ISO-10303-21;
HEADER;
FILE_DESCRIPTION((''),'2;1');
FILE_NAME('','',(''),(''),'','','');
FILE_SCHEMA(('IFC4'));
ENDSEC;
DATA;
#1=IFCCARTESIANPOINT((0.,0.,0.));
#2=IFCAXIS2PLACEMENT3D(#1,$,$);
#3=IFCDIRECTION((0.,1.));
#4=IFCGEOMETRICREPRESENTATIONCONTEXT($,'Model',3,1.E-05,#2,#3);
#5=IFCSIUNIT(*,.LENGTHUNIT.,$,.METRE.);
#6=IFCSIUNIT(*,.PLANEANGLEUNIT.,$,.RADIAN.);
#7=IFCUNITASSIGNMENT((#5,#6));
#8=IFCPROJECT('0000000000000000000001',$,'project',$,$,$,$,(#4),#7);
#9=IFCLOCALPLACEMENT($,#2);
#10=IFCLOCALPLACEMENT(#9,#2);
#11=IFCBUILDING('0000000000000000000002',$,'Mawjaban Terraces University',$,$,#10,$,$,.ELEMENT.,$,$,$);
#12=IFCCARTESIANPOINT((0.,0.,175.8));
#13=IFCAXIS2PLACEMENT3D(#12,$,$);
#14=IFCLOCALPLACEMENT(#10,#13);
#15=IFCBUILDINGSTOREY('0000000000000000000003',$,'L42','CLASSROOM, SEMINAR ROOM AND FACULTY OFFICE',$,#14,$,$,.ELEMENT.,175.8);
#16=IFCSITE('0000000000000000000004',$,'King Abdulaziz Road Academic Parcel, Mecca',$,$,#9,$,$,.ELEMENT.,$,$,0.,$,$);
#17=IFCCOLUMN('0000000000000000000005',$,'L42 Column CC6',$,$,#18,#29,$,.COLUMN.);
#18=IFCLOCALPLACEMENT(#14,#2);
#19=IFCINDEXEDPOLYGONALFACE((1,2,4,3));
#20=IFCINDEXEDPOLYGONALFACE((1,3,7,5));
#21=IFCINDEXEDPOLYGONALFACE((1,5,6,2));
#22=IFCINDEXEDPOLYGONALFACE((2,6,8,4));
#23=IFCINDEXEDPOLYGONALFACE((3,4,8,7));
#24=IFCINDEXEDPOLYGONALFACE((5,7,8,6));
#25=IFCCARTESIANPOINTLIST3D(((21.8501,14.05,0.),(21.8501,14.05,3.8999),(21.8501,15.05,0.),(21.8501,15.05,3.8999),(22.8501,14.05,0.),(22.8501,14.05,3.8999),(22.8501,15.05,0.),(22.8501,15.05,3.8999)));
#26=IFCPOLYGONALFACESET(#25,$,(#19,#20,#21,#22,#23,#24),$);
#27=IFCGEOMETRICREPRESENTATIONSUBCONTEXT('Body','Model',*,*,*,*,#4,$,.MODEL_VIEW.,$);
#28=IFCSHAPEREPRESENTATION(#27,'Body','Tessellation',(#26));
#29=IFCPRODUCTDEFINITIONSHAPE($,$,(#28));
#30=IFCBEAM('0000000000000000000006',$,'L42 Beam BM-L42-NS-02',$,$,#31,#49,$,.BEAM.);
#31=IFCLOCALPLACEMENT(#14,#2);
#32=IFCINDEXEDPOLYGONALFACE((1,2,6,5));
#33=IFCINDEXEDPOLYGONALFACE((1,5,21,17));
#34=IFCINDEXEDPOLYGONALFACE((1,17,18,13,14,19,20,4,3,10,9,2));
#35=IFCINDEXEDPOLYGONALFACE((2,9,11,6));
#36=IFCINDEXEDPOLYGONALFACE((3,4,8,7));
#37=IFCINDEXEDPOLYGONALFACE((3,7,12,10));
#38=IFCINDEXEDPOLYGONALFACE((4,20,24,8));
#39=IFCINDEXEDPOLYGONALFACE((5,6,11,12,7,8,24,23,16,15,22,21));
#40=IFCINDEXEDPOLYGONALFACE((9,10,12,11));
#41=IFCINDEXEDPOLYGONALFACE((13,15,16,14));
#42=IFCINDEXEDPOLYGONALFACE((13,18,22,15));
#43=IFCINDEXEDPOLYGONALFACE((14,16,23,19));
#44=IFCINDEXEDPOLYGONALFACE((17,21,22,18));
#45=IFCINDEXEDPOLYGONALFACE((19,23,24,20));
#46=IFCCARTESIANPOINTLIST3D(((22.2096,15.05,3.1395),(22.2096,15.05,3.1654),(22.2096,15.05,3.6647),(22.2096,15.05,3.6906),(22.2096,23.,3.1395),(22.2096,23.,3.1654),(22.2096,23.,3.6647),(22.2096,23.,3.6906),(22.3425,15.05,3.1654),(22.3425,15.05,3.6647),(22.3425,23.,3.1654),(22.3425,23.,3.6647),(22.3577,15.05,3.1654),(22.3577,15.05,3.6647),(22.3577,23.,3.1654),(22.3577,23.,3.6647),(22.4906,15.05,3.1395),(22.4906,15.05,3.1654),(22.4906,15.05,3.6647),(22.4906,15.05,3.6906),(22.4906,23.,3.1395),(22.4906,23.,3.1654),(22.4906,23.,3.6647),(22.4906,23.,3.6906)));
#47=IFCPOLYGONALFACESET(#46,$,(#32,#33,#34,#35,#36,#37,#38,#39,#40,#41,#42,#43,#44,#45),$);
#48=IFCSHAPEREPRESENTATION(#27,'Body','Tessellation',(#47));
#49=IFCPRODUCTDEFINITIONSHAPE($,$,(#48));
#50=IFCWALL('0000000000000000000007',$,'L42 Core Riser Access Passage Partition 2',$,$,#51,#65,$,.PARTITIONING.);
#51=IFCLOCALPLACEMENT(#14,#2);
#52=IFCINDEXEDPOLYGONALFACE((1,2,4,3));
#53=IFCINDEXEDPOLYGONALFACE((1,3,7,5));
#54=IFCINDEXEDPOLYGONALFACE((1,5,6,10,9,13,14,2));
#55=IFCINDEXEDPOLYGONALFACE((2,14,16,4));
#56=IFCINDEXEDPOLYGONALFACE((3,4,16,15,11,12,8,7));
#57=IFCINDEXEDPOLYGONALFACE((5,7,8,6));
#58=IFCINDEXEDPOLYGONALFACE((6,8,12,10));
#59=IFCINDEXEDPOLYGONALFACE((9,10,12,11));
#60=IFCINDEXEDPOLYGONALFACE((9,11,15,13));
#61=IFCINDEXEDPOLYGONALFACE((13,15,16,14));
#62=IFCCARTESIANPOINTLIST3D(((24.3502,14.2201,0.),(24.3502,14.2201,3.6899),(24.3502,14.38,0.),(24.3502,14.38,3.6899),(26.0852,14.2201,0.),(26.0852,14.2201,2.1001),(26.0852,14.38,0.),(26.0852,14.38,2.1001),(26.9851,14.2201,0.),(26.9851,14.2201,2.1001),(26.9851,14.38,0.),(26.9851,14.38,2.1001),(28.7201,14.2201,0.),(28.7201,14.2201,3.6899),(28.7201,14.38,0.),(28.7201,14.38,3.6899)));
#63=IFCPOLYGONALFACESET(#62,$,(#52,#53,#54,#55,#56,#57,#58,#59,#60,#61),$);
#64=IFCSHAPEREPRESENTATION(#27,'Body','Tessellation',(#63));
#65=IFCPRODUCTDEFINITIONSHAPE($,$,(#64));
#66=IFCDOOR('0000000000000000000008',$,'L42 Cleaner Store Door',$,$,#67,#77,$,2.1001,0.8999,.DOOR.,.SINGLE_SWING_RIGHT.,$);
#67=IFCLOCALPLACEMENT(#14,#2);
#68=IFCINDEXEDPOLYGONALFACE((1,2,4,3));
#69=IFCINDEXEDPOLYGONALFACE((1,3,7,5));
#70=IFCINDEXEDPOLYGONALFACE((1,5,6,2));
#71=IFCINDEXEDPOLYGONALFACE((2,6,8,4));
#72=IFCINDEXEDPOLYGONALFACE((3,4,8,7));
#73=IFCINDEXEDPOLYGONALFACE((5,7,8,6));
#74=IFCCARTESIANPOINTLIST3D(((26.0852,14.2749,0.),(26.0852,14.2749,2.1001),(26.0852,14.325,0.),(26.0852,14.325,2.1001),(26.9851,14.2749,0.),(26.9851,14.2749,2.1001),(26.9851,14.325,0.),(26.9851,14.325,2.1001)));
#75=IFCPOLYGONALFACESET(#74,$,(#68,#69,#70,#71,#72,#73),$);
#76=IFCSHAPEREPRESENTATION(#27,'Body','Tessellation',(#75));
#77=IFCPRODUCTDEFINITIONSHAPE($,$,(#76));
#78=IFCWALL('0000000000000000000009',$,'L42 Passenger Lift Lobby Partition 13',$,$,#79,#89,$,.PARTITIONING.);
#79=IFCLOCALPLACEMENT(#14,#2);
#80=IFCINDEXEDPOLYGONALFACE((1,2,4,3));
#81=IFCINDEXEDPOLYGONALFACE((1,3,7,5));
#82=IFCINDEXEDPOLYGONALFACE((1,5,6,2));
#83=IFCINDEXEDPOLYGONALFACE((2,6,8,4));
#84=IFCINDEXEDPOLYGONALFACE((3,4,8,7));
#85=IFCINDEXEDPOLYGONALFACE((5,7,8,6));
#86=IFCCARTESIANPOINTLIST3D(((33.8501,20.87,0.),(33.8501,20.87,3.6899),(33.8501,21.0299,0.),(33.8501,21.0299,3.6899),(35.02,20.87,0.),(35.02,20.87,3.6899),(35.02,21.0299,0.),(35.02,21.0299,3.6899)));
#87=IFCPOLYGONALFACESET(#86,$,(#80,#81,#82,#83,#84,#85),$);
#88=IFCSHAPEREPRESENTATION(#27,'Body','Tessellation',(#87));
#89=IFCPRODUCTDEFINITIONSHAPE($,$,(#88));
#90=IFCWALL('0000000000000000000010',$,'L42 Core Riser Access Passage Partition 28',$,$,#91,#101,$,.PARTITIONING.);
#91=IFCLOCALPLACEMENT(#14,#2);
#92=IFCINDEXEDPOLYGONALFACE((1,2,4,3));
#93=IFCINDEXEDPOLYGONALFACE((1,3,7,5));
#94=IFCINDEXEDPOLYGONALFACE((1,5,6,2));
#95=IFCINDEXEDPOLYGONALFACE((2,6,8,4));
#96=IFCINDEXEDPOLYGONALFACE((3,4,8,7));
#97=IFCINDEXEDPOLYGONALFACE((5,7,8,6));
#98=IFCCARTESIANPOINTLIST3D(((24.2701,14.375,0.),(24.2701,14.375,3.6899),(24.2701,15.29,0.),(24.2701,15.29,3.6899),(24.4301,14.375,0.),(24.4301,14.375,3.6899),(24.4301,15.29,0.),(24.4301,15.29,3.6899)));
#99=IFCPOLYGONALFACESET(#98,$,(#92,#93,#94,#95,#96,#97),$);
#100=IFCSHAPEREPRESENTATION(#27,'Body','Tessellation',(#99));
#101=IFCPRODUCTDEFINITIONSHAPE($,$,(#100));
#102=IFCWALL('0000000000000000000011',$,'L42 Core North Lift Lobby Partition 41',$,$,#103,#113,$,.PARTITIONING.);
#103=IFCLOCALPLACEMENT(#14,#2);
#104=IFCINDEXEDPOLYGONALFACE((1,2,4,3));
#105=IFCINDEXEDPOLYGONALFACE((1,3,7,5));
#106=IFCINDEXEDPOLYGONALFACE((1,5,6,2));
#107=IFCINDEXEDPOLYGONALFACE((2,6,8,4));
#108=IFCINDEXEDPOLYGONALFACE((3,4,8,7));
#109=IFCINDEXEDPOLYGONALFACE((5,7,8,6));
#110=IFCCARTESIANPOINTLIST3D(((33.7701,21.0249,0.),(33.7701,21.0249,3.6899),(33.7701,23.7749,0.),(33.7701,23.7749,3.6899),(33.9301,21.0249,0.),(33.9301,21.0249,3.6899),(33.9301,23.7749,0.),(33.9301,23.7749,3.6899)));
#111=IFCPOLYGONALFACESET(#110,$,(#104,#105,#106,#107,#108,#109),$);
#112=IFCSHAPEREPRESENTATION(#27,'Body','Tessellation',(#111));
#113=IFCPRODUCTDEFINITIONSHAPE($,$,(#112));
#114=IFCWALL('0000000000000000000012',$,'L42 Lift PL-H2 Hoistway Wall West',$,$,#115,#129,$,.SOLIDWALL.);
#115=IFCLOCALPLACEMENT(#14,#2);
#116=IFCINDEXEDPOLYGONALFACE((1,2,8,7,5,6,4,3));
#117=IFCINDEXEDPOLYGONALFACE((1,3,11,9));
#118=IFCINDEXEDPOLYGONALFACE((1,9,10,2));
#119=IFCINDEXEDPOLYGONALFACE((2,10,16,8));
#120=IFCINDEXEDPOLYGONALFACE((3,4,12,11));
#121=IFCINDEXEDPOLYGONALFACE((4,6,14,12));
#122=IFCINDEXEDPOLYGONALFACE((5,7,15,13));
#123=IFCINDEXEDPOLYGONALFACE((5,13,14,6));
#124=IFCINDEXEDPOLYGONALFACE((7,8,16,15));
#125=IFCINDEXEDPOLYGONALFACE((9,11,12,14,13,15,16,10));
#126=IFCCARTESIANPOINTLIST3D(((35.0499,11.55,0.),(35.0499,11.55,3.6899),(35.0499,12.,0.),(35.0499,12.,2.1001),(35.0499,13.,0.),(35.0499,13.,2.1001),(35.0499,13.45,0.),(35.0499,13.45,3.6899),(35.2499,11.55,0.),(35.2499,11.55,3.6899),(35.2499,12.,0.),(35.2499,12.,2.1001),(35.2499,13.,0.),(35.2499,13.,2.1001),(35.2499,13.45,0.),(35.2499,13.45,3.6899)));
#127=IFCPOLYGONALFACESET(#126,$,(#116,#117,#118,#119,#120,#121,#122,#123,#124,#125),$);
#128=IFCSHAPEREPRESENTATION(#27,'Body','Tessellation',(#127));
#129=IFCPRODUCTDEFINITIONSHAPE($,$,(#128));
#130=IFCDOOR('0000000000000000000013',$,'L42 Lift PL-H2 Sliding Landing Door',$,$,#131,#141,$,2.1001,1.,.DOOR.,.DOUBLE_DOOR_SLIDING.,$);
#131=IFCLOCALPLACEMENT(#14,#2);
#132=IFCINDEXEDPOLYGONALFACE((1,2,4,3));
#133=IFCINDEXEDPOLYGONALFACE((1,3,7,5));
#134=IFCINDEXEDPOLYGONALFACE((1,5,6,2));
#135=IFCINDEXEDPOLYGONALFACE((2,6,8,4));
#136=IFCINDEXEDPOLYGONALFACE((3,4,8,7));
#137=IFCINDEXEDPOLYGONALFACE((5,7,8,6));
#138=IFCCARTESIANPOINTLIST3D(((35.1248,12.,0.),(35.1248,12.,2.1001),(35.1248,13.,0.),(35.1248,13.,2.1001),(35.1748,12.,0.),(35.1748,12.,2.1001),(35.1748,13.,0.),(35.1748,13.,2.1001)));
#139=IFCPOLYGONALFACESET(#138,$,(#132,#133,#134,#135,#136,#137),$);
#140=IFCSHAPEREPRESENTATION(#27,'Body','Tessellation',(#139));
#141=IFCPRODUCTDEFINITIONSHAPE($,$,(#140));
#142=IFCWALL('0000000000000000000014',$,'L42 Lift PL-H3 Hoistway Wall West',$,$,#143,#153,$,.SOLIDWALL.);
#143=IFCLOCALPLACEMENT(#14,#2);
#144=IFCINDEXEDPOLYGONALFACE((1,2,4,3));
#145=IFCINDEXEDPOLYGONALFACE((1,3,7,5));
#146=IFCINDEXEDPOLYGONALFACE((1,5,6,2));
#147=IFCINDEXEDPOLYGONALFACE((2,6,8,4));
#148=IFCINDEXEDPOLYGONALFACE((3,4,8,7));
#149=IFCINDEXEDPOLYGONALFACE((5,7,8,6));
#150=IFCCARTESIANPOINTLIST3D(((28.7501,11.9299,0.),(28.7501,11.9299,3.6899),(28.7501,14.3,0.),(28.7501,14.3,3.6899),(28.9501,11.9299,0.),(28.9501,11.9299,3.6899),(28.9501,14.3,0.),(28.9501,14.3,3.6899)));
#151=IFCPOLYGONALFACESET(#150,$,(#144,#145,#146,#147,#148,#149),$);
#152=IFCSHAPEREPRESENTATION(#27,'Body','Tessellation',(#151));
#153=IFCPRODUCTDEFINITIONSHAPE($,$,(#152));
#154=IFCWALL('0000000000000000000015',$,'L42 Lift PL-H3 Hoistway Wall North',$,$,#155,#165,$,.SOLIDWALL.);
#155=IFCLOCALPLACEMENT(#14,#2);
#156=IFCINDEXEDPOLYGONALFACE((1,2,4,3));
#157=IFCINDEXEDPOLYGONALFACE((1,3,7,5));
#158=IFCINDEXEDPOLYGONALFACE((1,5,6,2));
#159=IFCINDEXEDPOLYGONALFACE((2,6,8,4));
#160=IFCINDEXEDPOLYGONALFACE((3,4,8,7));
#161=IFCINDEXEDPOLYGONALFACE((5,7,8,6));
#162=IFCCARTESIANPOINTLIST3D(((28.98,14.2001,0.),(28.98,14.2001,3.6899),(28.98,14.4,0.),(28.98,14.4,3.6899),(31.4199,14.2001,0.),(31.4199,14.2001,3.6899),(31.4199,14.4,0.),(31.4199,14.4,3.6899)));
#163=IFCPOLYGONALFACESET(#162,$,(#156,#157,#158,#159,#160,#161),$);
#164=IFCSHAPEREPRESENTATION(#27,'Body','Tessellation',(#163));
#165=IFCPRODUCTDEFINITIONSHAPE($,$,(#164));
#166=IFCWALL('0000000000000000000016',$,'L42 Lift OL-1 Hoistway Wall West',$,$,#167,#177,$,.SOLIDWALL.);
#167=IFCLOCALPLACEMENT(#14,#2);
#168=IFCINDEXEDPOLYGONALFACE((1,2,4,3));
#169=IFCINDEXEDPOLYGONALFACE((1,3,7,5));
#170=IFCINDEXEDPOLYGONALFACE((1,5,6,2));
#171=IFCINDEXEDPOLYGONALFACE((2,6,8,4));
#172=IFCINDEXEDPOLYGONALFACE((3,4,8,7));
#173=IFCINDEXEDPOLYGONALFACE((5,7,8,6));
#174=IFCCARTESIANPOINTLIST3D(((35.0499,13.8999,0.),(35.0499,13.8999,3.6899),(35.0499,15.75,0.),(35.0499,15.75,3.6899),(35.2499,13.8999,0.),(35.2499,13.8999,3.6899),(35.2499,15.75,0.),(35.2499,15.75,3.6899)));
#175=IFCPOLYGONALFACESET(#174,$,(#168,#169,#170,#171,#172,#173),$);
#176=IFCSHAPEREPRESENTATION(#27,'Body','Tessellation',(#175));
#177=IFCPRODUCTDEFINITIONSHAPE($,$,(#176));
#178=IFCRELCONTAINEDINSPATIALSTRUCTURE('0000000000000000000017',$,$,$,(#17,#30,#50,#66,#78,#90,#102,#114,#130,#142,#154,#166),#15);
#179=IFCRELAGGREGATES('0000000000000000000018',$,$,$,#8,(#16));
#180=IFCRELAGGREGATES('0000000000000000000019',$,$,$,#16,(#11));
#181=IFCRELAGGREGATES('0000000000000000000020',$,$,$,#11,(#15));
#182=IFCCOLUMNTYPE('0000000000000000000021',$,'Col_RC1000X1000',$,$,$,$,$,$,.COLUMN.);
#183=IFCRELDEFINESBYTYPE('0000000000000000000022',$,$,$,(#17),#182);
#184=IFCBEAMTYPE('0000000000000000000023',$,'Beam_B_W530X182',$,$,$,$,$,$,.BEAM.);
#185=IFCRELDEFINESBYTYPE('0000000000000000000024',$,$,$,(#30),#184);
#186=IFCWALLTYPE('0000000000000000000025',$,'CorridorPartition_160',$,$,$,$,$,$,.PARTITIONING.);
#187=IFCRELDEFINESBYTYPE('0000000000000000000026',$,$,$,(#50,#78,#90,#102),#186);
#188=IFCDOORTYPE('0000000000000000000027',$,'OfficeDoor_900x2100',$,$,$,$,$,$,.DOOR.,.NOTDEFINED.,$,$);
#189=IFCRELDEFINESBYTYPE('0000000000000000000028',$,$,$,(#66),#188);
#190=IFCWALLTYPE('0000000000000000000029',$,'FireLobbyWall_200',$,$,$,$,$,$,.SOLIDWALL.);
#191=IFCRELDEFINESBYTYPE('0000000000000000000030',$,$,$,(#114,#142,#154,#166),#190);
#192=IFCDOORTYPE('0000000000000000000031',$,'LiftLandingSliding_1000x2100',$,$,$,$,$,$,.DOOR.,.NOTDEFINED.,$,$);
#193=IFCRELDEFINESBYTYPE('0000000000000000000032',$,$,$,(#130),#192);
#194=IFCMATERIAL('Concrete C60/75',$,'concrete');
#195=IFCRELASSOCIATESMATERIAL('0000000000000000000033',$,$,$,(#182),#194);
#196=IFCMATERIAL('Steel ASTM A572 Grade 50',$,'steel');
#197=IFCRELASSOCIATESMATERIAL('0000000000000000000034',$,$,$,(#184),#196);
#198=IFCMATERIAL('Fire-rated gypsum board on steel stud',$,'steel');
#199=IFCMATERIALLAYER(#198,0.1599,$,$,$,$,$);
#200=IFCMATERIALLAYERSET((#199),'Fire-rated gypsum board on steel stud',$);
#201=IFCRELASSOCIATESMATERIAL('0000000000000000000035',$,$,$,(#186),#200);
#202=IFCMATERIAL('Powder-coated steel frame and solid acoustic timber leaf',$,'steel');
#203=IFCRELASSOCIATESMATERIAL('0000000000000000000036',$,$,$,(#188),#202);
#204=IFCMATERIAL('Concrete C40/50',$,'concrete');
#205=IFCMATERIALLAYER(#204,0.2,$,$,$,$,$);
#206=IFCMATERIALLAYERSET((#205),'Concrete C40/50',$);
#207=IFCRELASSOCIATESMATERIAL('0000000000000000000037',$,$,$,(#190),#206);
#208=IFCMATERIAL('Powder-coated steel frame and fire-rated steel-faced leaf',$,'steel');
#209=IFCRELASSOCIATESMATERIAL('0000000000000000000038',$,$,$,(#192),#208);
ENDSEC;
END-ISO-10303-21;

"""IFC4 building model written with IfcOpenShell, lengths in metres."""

from ifc_helpers import new_model, si_unit, direction, frame, frame_2d, origin, origin_2d, place, context, subcontext, project, spatial, rectangle, i_section, extrude, material, layer, layer_set, material_profile, profile_set, type_object, element, fill, save


model = new_model("IFC4")

# Units and contexts
model_context = context("Model", 3, precision=1e-05, world=origin(), true_north=direction((0.0, 1.0)))
body_context = subcontext(model_context, "Body", "Model", "MODEL_VIEW")
ifc_project = project(units=[si_unit("LENGTHUNIT", "METRE"), si_unit("PLANEANGLEUNIT", "RADIAN")], contexts=[model_context])

# Site, building, storey
site_placement = place(None, origin())
site = spatial("IfcSite", under=ifc_project, at=site_placement, Name="King Abdulaziz Road Academic Parcel, Mecca", CompositionType="ELEMENT", RefElevation=0.0)
building_placement = place(site_placement, origin())
building = spatial("IfcBuilding", under=site, at=building_placement, Name="Mawjaban Terraces University", CompositionType="ELEMENT")
storey_placement = place(building_placement, frame((0.0, 0.0, 175.8)))
storey = spatial("IfcBuildingStorey", under=building, at=storey_placement, Name="L42", Description="CLASSROOM, SEMINAR ROOM AND FACULTY OFFICE", CompositionType="ELEMENT", Elevation=175.8)

# Column
ifc_material_1 = material(Name="Concrete C60/75", Category="concrete")
ifc_material_profile_1 = material_profile(ifc_material_1, rectangle(XDim=1.0, YDim=1.0, at=origin_2d()), Name="RC1000X1000")
ifc_profile_set_1 = profile_set([ifc_material_profile_1], Name="Concrete C60/75")
column_type = type_object("IfcColumnType", Name="Col_RC1000X1000", PredefinedType="COLUMN", material=ifc_profile_set_1)
column_placement = place(storey_placement, frame((22.3501, 14.55, 0.0), z_axis=(0.0, 0.0, 1.0), x_axis=(1.0, 0.0, 0.0)))
element("IfcColumn", 1, at=column_placement, inside=storey, type_object=column_type, Name="L42 Column CC6", PredefinedType="COLUMN", context=body_context, shape_type="SweptSolid", body=[
    extrude(rectangle(XDim=1.0, YDim=1.0, at=origin_2d()), origin(), (0.0, 0.0, 1.0), 3.8999),
])

# Beam
ifc_material_2 = material(Name="Steel ASTM A572 Grade 50", Category="steel")
ifc_material_profile_2 = material_profile(ifc_material_2, i_section(OverallWidth=0.281, OverallDepth=0.551, WebThickness=0.0151, FlangeThickness=0.0259, at=origin_2d()), Name="W530X182")
ifc_profile_set_2 = profile_set([ifc_material_profile_2], Name="Steel ASTM A572 Grade 50")
beam_type = type_object("IfcBeamType", Name="Beam_B_W530X182", PredefinedType="BEAM", material=ifc_profile_set_2)
beam_placement = place(storey_placement, frame((22.3501, 15.05, 3.415), z_axis=(0.0, 1.0, 0.0), x_axis=(-1.0, 0.0, 0.0)))
element("IfcBeam", 2, at=beam_placement, inside=storey, type_object=beam_type, Name="L42 Beam BM-L42-NS-02", PredefinedType="BEAM", context=body_context, shape_type="SweptSolid", body=[
    extrude(i_section(OverallWidth=0.281, OverallDepth=0.551, WebThickness=0.0151, FlangeThickness=0.0259, at=origin_2d()), origin(), (0.0, 0.0, 1.0), 7.95),
])

# Wall, opening, door
ifc_material_3 = material(Name="Fire-rated gypsum board on steel stud", Category="steel")
ifc_layer_1 = layer(ifc_material_3, 0.1599)
ifc_layer_set_1 = layer_set([ifc_layer_1], Name="Fire-rated gypsum board on steel stud")
wall_type_1 = type_object("IfcWallType", Name="CorridorPartition_160", PredefinedType="PARTITIONING", material=ifc_layer_set_1)
wall_1_placement = place(storey_placement, frame((24.3501, 14.3, 0.0), z_axis=(0.0, 0.0, 1.0), x_axis=(1.0, 0.0, 0.0)))
wall_1 = element("IfcWall", 3, at=wall_1_placement, inside=storey, type_object=wall_type_1, Name="L42 Core Riser Access Passage Partition 2", PredefinedType="PARTITIONING", context=body_context, shape_type="SweptSolid", body=[
    extrude(rectangle(XDim=4.3699, YDim=0.1599, at=frame_2d((2.1851, 0.0))), origin(), (0.0, 0.0, 1.0), 3.6899),
])
opening_1_placement = place(wall_1_placement, frame((1.7351, 0.0, 0.0)))
opening_1 = element("IfcOpeningElement", 4, at=opening_1_placement, cuts=wall_1, PredefinedType="OPENING", context=body_context, shape_type="SweptSolid", body=[
    extrude(rectangle(XDim=0.8999, YDim=2.1001, at=frame_2d((0.45, 1.05))), frame((0.0, 0.0898, 0.0), z_axis=(0.0, -1.0, 0.0), x_axis=(1.0, 0.0, 0.0)), (0.0, 0.0, 1.0), 0.1799),
])
ifc_material_4 = material(Name="Powder-coated steel frame and solid acoustic timber leaf", Category="steel")
door_type_1 = type_object("IfcDoorType", Name="OfficeDoor_900x2100", OperationType="NOTDEFINED", PredefinedType="DOOR", material=ifc_material_4)
door_1_placement = place(opening_1_placement, origin())
door_1 = element("IfcDoor", 5, at=door_1_placement, inside=storey, type_object=door_type_1, Name="L42 Cleaner Store Door", OperationType="SINGLE_SWING_RIGHT", OverallHeight=2.1001, OverallWidth=0.8999, PredefinedType="DOOR", context=body_context, shape_type="SweptSolid", body=[
    extrude(rectangle(XDim=0.8999, YDim=2.1001, at=frame_2d((0.45, 1.05))), frame((0.0, 0.0249, 0.0), z_axis=(0.0, -1.0, 0.0), x_axis=(1.0, 0.0, 0.0)), (0.0, 0.0, 1.0), 0.05),
])
fill(opening_1, door_1)

# Walls
wall_2_placement = place(storey_placement, frame((35.02, 20.95, 0.0), z_axis=(0.0, 0.0, 1.0), x_axis=(-1.0, 0.0, 0.0)))
element("IfcWall", 6, at=wall_2_placement, inside=storey, type_object=wall_type_1, Name="L42 Passenger Lift Lobby Partition 13", PredefinedType="PARTITIONING", context=body_context, shape_type="SweptSolid", body=[
    extrude(rectangle(XDim=1.1699, YDim=0.1599, at=frame_2d((0.585, 0.0))), origin(), (0.0, 0.0, 1.0), 3.6899),
])
wall_3_placement = place(storey_placement, frame((24.3501, 15.29, 0.0), z_axis=(0.0, 0.0, 1.0), x_axis=(0.0, -1.0, 0.0)))
element("IfcWall", 7, at=wall_3_placement, inside=storey, type_object=wall_type_1, Name="L42 Core Riser Access Passage Partition 28", PredefinedType="PARTITIONING", context=body_context, shape_type="SweptSolid", body=[
    extrude(rectangle(XDim=0.915, YDim=0.1599, at=frame_2d((0.4575, 0.0))), origin(), (0.0, 0.0, 1.0), 3.6899),
])
wall_4_placement = place(storey_placement, frame((33.8501, 21.0249, 0.0), z_axis=(0.0, 0.0, 1.0), x_axis=(0.0, 1.0, 0.0)))
element("IfcWall", 8, at=wall_4_placement, inside=storey, type_object=wall_type_1, Name="L42 Core North Lift Lobby Partition 41", PredefinedType="PARTITIONING", context=body_context, shape_type="SweptSolid", body=[
    extrude(rectangle(XDim=2.75, YDim=0.1599, at=frame_2d((1.375, 0.0))), origin(), (0.0, 0.0, 1.0), 3.6899),
])

# Wall, opening, door
ifc_material_5 = material(Name="Concrete C40/50", Category="concrete")
ifc_layer_2 = layer(ifc_material_5, 0.2)
ifc_layer_set_2 = layer_set([ifc_layer_2], Name="Concrete C40/50")
wall_type_2 = type_object("IfcWallType", Name="FireLobbyWall_200", PredefinedType="SOLIDWALL", material=ifc_layer_set_2)
wall_5_placement = place(storey_placement, frame((35.1499, 13.45, 0.0), z_axis=(0.0, 0.0, 1.0), x_axis=(0.0, -1.0, 0.0)))
wall_5 = element("IfcWall", 9, at=wall_5_placement, inside=storey, type_object=wall_type_2, Name="L42 Lift PL-H2 Hoistway Wall West", PredefinedType="SOLIDWALL", context=body_context, shape_type="SweptSolid", body=[
    extrude(rectangle(XDim=1.8999, YDim=0.2, at=frame_2d((0.95, 0.0))), origin(), (0.0, 0.0, 1.0), 3.6899),
])
opening_2_placement = place(wall_5_placement, frame((0.45, 0.0, 0.0)))
opening_2 = element("IfcOpeningElement", 10, at=opening_2_placement, cuts=wall_5, PredefinedType="OPENING", context=body_context, shape_type="SweptSolid", body=[
    extrude(rectangle(XDim=1.0, YDim=2.1001, at=frame_2d((0.5, 1.05))), frame((0.0, 0.1099, 0.0), z_axis=(0.0, -1.0, 0.0), x_axis=(1.0, 0.0, 0.0)), (0.0, 0.0, 1.0), 0.22),
])
ifc_material_6 = material(Name="Powder-coated steel frame and fire-rated steel-faced leaf", Category="steel")
door_type_2 = type_object("IfcDoorType", Name="LiftLandingSliding_1000x2100", OperationType="NOTDEFINED", PredefinedType="DOOR", material=ifc_material_6)
door_2_placement = place(opening_2_placement, origin())
door_2 = element("IfcDoor", 11, at=door_2_placement, inside=storey, type_object=door_type_2, Name="L42 Lift PL-H2 Sliding Landing Door", OperationType="DOUBLE_DOOR_SLIDING", OverallHeight=2.1001, OverallWidth=1.0, PredefinedType="DOOR", context=body_context, shape_type="SweptSolid", body=[
    extrude(rectangle(XDim=1.0, YDim=2.1001, at=frame_2d((0.5, 1.05))), frame((0.0, 0.0249, 0.0), z_axis=(0.0, -1.0, 0.0), x_axis=(1.0, 0.0, 0.0)), (0.0, 0.0, 1.0), 0.05),
])
fill(opening_2, door_2)

# Walls
wall_6_placement = place(storey_placement, frame((28.8501, 14.3, 0.0), z_axis=(0.0, 0.0, 1.0), x_axis=(0.0, -1.0, 0.0)))
element("IfcWall", 12, at=wall_6_placement, inside=storey, type_object=wall_type_2, Name="L42 Lift PL-H3 Hoistway Wall West", PredefinedType="SOLIDWALL", context=body_context, shape_type="SweptSolid", body=[
    extrude(rectangle(XDim=2.3701, YDim=0.2, at=frame_2d((1.1851, 0.0))), origin(), (0.0, 0.0, 1.0), 3.6899),
])
wall_7_placement = place(storey_placement, frame((31.4199, 14.3, 0.0), z_axis=(0.0, 0.0, 1.0), x_axis=(-1.0, 0.0, 0.0)))
element("IfcWall", 13, at=wall_7_placement, inside=storey, type_object=wall_type_2, Name="L42 Lift PL-H3 Hoistway Wall North", PredefinedType="SOLIDWALL", context=body_context, shape_type="SweptSolid", body=[
    extrude(rectangle(XDim=2.4399, YDim=0.2, at=frame_2d((1.22, 0.0))), origin(), (0.0, 0.0, 1.0), 3.6899),
])
wall_8_placement = place(storey_placement, frame((35.1499, 15.75, 0.0), z_axis=(0.0, 0.0, 1.0), x_axis=(0.0, -1.0, 0.0)))
element("IfcWall", 14, at=wall_8_placement, inside=storey, type_object=wall_type_2, Name="L42 Lift OL-1 Hoistway Wall West", PredefinedType="SOLIDWALL", context=body_context, shape_type="SweptSolid", body=[
    extrude(rectangle(XDim=1.8501, YDim=0.2, at=frame_2d((0.925, 0.0))), origin(), (0.0, 0.0, 1.0), 3.6899),
])

save(model, "model.ifc")
